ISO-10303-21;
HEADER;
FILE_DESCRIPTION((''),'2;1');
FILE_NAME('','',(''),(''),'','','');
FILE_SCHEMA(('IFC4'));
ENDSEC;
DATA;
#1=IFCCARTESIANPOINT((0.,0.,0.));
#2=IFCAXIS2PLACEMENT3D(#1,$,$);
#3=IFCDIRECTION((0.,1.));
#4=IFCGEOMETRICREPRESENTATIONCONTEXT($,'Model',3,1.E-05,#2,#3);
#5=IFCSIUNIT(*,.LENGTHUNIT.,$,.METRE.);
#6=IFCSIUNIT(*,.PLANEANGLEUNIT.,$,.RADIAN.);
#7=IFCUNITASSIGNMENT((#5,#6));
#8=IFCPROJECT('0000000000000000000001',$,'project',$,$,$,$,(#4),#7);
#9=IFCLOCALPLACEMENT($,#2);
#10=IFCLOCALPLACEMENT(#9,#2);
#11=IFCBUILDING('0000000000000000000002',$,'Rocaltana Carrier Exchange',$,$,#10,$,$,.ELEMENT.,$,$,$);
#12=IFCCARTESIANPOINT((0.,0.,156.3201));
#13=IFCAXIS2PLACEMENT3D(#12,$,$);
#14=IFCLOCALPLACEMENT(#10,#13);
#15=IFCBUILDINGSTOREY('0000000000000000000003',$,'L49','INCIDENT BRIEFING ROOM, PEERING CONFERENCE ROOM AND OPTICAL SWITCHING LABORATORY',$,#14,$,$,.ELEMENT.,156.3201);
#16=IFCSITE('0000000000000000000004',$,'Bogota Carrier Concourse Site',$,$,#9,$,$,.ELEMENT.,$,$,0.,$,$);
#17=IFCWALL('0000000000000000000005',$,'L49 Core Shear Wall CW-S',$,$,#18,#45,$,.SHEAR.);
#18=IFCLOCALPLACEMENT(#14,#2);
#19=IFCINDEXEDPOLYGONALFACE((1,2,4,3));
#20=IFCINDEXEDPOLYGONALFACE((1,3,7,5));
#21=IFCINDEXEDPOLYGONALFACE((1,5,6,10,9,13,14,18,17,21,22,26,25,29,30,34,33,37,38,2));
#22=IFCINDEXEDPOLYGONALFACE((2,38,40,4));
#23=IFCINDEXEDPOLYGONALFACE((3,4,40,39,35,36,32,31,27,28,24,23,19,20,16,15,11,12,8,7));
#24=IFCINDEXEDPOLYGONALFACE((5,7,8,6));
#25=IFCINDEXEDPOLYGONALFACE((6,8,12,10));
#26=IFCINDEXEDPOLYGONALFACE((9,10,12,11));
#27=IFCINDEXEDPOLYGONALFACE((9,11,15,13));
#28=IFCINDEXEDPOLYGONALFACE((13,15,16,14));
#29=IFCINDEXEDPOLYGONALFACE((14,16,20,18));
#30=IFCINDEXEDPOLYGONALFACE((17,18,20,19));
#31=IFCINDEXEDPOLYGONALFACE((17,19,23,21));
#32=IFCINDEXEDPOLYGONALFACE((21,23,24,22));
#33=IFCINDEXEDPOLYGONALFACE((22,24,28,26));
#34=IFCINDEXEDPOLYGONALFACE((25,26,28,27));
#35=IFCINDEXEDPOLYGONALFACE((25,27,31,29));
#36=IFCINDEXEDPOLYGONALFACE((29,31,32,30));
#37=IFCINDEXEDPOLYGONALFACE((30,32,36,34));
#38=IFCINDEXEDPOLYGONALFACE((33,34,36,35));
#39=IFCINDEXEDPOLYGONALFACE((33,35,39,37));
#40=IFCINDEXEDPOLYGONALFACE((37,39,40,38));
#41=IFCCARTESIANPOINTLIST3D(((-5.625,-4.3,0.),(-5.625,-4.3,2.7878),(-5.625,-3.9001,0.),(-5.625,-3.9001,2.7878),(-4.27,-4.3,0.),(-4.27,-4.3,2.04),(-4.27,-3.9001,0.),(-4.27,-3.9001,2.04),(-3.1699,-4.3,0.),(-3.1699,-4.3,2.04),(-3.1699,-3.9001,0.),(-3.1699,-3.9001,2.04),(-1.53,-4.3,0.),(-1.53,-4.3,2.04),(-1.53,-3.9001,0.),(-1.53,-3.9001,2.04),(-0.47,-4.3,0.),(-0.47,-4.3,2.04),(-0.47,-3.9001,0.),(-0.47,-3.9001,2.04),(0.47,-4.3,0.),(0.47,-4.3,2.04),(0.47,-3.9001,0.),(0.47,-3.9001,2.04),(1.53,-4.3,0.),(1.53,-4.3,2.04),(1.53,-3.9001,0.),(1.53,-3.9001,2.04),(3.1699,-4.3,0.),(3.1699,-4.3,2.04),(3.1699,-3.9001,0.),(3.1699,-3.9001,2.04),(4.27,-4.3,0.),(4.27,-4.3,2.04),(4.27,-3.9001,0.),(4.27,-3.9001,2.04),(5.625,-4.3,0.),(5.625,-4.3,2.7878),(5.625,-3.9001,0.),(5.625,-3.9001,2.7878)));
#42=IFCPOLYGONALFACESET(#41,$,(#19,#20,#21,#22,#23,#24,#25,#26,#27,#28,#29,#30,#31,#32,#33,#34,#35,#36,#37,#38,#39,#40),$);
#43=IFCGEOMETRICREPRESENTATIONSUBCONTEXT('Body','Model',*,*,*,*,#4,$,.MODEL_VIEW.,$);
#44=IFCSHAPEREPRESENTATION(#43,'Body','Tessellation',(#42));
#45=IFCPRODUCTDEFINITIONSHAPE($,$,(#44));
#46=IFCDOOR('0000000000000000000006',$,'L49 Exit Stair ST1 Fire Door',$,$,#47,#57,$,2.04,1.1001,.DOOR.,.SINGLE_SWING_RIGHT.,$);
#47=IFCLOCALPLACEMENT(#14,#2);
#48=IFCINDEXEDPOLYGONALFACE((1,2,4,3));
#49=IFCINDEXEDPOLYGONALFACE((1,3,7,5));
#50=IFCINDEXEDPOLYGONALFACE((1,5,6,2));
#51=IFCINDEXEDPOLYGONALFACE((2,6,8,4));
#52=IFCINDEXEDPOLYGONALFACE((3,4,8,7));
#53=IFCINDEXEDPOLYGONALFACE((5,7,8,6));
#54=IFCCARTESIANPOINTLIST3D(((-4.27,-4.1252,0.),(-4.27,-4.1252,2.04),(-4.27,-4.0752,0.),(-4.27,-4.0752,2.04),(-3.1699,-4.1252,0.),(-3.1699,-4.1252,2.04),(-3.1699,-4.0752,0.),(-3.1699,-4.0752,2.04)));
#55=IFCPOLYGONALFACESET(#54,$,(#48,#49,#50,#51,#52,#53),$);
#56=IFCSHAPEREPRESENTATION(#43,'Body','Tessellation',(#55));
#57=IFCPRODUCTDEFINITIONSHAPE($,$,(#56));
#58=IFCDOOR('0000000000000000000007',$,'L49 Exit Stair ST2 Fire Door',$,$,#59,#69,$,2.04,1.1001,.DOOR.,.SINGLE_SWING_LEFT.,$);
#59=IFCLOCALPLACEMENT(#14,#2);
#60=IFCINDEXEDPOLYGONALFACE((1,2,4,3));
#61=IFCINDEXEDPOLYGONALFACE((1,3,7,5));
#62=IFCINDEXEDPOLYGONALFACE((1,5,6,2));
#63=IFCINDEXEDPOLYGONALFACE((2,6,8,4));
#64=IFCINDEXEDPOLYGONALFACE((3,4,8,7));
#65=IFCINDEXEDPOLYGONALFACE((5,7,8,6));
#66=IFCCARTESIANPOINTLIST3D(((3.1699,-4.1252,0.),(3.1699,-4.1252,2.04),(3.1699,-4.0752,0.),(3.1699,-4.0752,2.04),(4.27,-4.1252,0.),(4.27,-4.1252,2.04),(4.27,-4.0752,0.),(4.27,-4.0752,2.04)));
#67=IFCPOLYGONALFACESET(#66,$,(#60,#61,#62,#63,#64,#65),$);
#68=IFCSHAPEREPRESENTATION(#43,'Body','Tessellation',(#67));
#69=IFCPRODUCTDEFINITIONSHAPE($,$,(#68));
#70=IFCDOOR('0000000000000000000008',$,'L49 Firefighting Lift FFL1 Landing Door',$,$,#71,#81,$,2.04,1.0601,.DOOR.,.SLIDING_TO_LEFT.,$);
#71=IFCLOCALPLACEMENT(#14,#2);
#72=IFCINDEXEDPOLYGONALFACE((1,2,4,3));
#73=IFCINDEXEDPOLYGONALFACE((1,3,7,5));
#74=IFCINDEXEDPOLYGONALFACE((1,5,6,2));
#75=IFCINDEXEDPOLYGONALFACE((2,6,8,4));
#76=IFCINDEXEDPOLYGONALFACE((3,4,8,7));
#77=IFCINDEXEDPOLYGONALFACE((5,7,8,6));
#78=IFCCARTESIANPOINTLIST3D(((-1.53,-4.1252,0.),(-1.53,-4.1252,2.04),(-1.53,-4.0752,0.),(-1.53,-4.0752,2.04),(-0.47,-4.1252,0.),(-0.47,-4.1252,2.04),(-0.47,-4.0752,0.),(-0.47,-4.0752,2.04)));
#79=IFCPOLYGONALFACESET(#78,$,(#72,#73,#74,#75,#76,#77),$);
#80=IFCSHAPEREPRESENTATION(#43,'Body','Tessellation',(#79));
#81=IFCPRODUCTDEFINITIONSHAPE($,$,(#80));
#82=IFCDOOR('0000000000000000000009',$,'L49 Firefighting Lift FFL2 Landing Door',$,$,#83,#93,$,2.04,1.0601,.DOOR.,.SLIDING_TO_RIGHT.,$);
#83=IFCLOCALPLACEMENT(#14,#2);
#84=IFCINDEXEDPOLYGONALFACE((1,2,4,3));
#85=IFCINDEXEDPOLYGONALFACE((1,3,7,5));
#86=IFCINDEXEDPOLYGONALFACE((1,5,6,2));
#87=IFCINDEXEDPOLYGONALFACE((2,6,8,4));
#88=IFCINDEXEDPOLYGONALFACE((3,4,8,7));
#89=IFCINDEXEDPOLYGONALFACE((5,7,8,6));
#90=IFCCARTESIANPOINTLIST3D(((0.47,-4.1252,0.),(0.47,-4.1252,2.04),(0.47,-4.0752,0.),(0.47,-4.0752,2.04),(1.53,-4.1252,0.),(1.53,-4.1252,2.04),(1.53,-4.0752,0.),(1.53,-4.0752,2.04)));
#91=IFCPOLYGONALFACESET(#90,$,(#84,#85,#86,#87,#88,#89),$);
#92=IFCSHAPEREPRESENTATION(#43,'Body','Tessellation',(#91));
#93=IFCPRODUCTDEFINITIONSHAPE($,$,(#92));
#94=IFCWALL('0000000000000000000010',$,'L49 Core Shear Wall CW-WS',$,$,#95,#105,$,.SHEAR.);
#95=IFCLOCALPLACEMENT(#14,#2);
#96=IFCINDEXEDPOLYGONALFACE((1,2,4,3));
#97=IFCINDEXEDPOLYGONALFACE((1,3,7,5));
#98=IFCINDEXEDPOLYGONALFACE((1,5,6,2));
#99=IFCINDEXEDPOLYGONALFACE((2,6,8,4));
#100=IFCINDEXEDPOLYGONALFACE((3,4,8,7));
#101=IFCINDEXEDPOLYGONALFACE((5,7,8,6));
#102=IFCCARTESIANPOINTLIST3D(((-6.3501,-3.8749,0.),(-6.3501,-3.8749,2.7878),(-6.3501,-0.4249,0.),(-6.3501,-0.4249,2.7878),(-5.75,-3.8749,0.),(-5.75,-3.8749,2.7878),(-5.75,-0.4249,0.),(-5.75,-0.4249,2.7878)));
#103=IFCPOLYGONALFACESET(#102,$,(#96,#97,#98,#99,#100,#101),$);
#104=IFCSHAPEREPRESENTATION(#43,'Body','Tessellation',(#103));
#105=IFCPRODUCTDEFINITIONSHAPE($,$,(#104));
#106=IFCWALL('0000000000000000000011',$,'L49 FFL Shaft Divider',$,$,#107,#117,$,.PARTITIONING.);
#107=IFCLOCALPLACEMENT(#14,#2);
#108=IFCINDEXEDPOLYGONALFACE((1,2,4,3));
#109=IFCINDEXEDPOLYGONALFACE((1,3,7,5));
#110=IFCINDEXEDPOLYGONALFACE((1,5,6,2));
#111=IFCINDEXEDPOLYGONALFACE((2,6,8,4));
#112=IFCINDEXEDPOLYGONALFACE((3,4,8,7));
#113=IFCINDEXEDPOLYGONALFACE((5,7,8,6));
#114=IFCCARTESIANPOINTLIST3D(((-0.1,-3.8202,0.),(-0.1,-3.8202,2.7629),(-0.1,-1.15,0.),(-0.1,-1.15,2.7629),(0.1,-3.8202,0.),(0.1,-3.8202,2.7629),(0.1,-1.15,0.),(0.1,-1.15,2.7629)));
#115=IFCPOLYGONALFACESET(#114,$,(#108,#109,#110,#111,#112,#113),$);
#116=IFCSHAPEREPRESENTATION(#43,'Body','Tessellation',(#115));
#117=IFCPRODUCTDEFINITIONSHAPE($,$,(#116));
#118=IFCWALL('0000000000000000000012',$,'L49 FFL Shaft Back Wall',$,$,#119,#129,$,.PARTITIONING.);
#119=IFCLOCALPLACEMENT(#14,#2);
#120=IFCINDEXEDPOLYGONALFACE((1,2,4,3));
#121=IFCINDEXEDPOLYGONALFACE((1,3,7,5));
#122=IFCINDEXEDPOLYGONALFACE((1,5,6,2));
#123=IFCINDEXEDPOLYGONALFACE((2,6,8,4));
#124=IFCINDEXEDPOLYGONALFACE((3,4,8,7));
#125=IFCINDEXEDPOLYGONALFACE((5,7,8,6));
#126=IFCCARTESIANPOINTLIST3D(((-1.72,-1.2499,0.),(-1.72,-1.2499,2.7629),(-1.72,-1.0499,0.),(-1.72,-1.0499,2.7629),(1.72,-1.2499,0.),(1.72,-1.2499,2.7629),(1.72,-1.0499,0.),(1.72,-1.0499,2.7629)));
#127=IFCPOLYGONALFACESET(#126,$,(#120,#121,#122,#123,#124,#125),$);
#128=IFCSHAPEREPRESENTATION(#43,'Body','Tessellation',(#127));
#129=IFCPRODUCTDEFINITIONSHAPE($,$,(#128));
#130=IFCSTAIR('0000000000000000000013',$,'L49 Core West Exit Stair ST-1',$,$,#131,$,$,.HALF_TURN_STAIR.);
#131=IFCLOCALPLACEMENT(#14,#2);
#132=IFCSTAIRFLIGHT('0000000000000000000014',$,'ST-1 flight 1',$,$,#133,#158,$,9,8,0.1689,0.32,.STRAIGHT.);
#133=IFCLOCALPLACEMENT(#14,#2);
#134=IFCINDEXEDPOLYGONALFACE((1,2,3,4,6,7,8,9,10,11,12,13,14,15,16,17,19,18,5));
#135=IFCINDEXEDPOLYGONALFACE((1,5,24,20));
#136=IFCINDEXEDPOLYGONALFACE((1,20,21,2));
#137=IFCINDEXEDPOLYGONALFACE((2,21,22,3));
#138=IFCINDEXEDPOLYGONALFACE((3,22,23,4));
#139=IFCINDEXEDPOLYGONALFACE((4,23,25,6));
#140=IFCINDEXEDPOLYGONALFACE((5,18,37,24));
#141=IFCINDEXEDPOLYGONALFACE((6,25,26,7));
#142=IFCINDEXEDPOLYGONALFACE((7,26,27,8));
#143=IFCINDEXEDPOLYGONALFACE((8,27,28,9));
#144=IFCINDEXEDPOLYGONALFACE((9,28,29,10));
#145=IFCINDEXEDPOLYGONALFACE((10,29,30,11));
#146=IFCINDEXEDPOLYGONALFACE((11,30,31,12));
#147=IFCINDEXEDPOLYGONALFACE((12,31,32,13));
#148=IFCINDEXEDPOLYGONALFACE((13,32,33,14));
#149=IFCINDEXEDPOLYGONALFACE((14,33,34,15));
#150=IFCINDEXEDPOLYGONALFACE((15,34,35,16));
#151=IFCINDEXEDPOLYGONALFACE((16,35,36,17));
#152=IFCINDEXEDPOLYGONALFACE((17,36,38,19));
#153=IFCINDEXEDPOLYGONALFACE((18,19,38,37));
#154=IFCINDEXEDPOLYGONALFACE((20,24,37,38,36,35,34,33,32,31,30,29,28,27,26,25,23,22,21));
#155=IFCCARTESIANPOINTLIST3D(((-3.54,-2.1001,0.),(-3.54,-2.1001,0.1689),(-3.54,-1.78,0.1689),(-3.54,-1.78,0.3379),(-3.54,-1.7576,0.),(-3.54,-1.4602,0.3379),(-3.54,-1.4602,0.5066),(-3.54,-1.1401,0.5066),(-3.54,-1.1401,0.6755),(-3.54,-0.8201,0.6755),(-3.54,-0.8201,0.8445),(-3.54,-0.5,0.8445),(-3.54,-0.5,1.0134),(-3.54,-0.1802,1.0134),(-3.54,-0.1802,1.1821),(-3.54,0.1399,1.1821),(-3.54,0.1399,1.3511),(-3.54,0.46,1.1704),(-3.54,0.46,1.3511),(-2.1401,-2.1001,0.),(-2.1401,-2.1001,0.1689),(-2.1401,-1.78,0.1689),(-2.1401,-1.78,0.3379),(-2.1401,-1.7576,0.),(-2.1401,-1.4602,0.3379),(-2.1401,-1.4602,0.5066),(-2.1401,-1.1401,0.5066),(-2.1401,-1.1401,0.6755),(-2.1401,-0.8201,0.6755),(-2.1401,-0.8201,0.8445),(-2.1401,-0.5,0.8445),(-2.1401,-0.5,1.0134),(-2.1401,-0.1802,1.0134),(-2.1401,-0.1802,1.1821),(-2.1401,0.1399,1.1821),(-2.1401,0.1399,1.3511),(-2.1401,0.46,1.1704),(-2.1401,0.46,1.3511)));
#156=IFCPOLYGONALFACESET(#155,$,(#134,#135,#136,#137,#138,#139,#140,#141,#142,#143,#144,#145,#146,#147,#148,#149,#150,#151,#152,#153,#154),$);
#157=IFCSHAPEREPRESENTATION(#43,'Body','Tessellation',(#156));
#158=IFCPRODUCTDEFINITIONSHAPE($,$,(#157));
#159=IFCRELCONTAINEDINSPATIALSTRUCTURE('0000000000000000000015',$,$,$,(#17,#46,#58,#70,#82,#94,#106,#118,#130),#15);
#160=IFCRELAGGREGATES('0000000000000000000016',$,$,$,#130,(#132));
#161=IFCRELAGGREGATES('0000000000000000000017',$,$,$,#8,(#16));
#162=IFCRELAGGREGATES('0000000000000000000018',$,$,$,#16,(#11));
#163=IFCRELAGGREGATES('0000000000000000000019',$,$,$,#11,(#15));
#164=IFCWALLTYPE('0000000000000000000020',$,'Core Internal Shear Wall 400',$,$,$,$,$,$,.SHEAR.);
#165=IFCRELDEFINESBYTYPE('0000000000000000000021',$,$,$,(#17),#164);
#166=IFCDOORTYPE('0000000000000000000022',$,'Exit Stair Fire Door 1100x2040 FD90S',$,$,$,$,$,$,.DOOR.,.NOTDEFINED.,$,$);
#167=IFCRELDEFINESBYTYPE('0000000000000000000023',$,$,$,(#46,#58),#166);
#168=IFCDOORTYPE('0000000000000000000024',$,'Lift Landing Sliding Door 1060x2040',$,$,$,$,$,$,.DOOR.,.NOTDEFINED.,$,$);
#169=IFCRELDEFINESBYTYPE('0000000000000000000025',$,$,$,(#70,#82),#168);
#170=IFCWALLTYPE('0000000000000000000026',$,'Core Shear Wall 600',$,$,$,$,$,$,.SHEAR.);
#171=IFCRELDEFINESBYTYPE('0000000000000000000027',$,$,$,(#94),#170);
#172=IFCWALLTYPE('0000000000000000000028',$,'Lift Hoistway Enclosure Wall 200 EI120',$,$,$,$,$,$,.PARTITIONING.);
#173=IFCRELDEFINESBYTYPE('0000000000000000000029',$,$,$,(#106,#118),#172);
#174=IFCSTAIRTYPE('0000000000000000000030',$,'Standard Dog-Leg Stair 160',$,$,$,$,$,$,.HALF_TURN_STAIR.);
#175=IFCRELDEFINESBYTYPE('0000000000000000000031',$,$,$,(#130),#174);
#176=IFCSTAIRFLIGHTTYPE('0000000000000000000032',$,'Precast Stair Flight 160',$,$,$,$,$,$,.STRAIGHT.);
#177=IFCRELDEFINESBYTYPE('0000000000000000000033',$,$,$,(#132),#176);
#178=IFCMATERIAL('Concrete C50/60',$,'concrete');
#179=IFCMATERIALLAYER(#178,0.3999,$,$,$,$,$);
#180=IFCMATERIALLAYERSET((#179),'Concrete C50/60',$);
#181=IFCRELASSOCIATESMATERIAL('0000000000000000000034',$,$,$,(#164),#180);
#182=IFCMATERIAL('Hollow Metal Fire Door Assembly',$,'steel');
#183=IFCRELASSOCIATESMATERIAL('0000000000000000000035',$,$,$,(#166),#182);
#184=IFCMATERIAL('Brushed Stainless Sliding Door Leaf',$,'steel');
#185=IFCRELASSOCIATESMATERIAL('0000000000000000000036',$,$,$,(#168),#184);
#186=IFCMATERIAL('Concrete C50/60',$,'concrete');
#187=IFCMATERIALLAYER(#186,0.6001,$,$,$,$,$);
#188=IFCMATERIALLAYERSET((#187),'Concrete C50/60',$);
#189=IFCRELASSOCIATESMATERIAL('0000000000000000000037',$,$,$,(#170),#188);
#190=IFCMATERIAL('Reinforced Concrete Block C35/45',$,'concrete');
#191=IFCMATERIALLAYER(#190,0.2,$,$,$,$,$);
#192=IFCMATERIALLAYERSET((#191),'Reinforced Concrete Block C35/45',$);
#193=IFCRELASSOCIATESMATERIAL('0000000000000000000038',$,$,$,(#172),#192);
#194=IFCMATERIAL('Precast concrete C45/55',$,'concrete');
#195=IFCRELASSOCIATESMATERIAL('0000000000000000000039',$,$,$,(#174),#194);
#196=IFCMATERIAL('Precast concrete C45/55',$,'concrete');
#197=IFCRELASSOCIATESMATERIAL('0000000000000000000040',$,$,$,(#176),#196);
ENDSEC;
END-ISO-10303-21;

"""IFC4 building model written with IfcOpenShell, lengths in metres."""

from ifc_helpers import new_model, si_unit, direction, frame, frame_2d, origin, place, context, subcontext, project, spatial, polyline, rectangle, outline, extrude, material, layer, layer_set, type_object, element, fill, aggregate, save


model = new_model("IFC4")

# Units and contexts
model_context = context("Model", 3, precision=1e-05, world=origin(), true_north=direction((0.0, 1.0)))
body_context = subcontext(model_context, "Body", "Model", "MODEL_VIEW")
ifc_project = project(units=[si_unit("LENGTHUNIT", "METRE"), si_unit("PLANEANGLEUNIT", "RADIAN")], contexts=[model_context])

# Site, building, storey
site_placement = place(None, origin())
site = spatial("IfcSite", under=ifc_project, at=site_placement, Name="Bogota Carrier Concourse Site", CompositionType="ELEMENT", RefElevation=0.0)
building_placement = place(site_placement, origin())
building = spatial("IfcBuilding", under=site, at=building_placement, Name="Rocaltana Carrier Exchange", CompositionType="ELEMENT")
storey_placement = place(building_placement, frame((0.0, 0.0, 156.3201)))
storey = spatial("IfcBuildingStorey", under=building, at=storey_placement, Name="L49", Description="INCIDENT BRIEFING ROOM, PEERING CONFERENCE ROOM AND OPTICAL SWITCHING LABORATORY", CompositionType="ELEMENT", Elevation=156.3201)

# Wall, openings, doors
ifc_material_1 = material(Name="Concrete C50/60", Category="concrete")
ifc_layer_1 = layer(ifc_material_1, 0.3999)
ifc_layer_set_1 = layer_set([ifc_layer_1], Name="Concrete C50/60")
wall_type_1 = type_object("IfcWallType", Name="Core Internal Shear Wall 400", PredefinedType="SHEAR", material=ifc_layer_set_1)
wall_1_placement = place(storey_placement, frame((-5.625, -4.1001, 0.0), z_axis=(0.0, 0.0, 1.0), x_axis=(1.0, 0.0, 0.0)))
wall_1 = element("IfcWall", 1, at=wall_1_placement, inside=storey, type_object=wall_type_1, Name="L49 Core Shear Wall CW-S", PredefinedType="SHEAR", context=body_context, shape_type="SweptSolid", body=[
    extrude(rectangle(XDim=11.25, YDim=0.3999, at=frame_2d((5.625, 0.0))), origin(), (0.0, 0.0, 1.0), 2.7878),
])
opening_1_placement = place(wall_1_placement, frame((1.355, 0.0, 0.0)))
opening_1 = element("IfcOpeningElement", 2, at=opening_1_placement, cuts=wall_1, PredefinedType="OPENING", context=body_context, shape_type="SweptSolid", body=[
    extrude(rectangle(XDim=1.1001, YDim=2.04, at=frame_2d((0.55, 1.02))), frame((0.0, 0.21, 0.0), z_axis=(0.0, -1.0, 0.0), x_axis=(1.0, 0.0, 0.0)), (0.0, 0.0, 1.0), 0.4199),
])
opening_2_placement = place(wall_1_placement, frame((8.7949, 0.0, 0.0)))
opening_2 = element("IfcOpeningElement", 3, at=opening_2_placement, cuts=wall_1, PredefinedType="OPENING", context=body_context, shape_type="SweptSolid", body=[
    extrude(rectangle(XDim=1.1001, YDim=2.04, at=frame_2d((0.55, 1.02))), frame((0.0, 0.21, 0.0), z_axis=(0.0, -1.0, 0.0), x_axis=(1.0, 0.0, 0.0)), (0.0, 0.0, 1.0), 0.4199),
])
opening_3_placement = place(wall_1_placement, frame((4.095, 0.0, 0.0)))
opening_3 = element("IfcOpeningElement", 4, at=opening_3_placement, cuts=wall_1, PredefinedType="OPENING", context=body_context, shape_type="SweptSolid", body=[
    extrude(rectangle(XDim=1.0601, YDim=2.04, at=frame_2d((0.53, 1.02))), frame((0.0, 0.21, 0.0), z_axis=(0.0, -1.0, 0.0), x_axis=(1.0, 0.0, 0.0)), (0.0, 0.0, 1.0), 0.4199),
])
opening_4_placement = place(wall_1_placement, frame((6.095, 0.0, 0.0)))
opening_4 = element("IfcOpeningElement", 5, at=opening_4_placement, cuts=wall_1, PredefinedType="OPENING", context=body_context, shape_type="SweptSolid", body=[
    extrude(rectangle(XDim=1.0601, YDim=2.04, at=frame_2d((0.53, 1.02))), frame((0.0, 0.21, 0.0), z_axis=(0.0, -1.0, 0.0), x_axis=(1.0, 0.0, 0.0)), (0.0, 0.0, 1.0), 0.4199),
])
ifc_material_2 = material(Name="Hollow Metal Fire Door Assembly", Category="steel")
door_type_1 = type_object("IfcDoorType", Name="Exit Stair Fire Door 1100x2040 FD90S", OperationType="NOTDEFINED", PredefinedType="DOOR", material=ifc_material_2)
door_1_placement = place(opening_1_placement, origin())
door_1 = element("IfcDoor", 6, at=door_1_placement, inside=storey, type_object=door_type_1, Name="L49 Exit Stair ST1 Fire Door", OperationType="SINGLE_SWING_RIGHT", OverallHeight=2.04, OverallWidth=1.1001, PredefinedType="DOOR", context=body_context, shape_type="SweptSolid", body=[
    extrude(rectangle(XDim=1.1001, YDim=2.04, at=frame_2d((0.55, 1.02))), frame((0.0, 0.0249, 0.0), z_axis=(0.0, -1.0, 0.0), x_axis=(1.0, 0.0, 0.0)), (0.0, 0.0, 1.0), 0.05),
])
fill(opening_1, door_1)
door_2_placement = place(opening_2_placement, origin())
door_2 = element("IfcDoor", 7, at=door_2_placement, inside=storey, type_object=door_type_1, Name="L49 Exit Stair ST2 Fire Door", OperationType="SINGLE_SWING_LEFT", OverallHeight=2.04, OverallWidth=1.1001, PredefinedType="DOOR", context=body_context, shape_type="SweptSolid", body=[
    extrude(rectangle(XDim=1.1001, YDim=2.04, at=frame_2d((0.55, 1.02))), frame((0.0, 0.0249, 0.0), z_axis=(0.0, -1.0, 0.0), x_axis=(1.0, 0.0, 0.0)), (0.0, 0.0, 1.0), 0.05),
])
fill(opening_2, door_2)
ifc_material_3 = material(Name="Brushed Stainless Sliding Door Leaf", Category="steel")
door_type_2 = type_object("IfcDoorType", Name="Lift Landing Sliding Door 1060x2040", OperationType="NOTDEFINED", PredefinedType="DOOR", material=ifc_material_3)
door_3_placement = place(opening_3_placement, origin())
door_3 = element("IfcDoor", 8, at=door_3_placement, inside=storey, type_object=door_type_2, Name="L49 Firefighting Lift FFL1 Landing Door", OperationType="SLIDING_TO_LEFT", OverallHeight=2.04, OverallWidth=1.0601, PredefinedType="DOOR", context=body_context, shape_type="SweptSolid", body=[
    extrude(rectangle(XDim=1.0601, YDim=2.04, at=frame_2d((0.53, 1.02))), frame((0.0, 0.0249, 0.0), z_axis=(0.0, -1.0, 0.0), x_axis=(1.0, 0.0, 0.0)), (0.0, 0.0, 1.0), 0.05),
])
fill(opening_3, door_3)
door_4_placement = place(opening_4_placement, origin())
door_4 = element("IfcDoor", 9, at=door_4_placement, inside=storey, type_object=door_type_2, Name="L49 Firefighting Lift FFL2 Landing Door", OperationType="SLIDING_TO_RIGHT", OverallHeight=2.04, OverallWidth=1.0601, PredefinedType="DOOR", context=body_context, shape_type="SweptSolid", body=[
    extrude(rectangle(XDim=1.0601, YDim=2.04, at=frame_2d((0.53, 1.02))), frame((0.0, 0.0249, 0.0), z_axis=(0.0, -1.0, 0.0), x_axis=(1.0, 0.0, 0.0)), (0.0, 0.0, 1.0), 0.05),
])
fill(opening_4, door_4)

# Walls
ifc_material_4 = material(Name="Concrete C50/60", Category="concrete")
ifc_layer_2 = layer(ifc_material_4, 0.6001)
ifc_layer_set_2 = layer_set([ifc_layer_2], Name="Concrete C50/60")
wall_type_2 = type_object("IfcWallType", Name="Core Shear Wall 600", PredefinedType="SHEAR", material=ifc_layer_set_2)
wall_2_placement = place(storey_placement, frame((-6.05, -3.875, 0.0), z_axis=(0.0, 0.0, 1.0), x_axis=(0.0, 1.0, 0.0)))
element("IfcWall", 10, at=wall_2_placement, inside=storey, type_object=wall_type_2, Name="L49 Core Shear Wall CW-WS", PredefinedType="SHEAR", context=body_context, shape_type="SweptSolid", body=[
    extrude(rectangle(XDim=3.45, YDim=0.6001, at=frame_2d((1.7251, 0.0))), origin(), (0.0, 0.0, 1.0), 2.7878),
])
ifc_material_5 = material(Name="Reinforced Concrete Block C35/45", Category="concrete")
ifc_layer_3 = layer(ifc_material_5, 0.2)
ifc_layer_set_3 = layer_set([ifc_layer_3], Name="Reinforced Concrete Block C35/45")
wall_type_3 = type_object("IfcWallType", Name="Lift Hoistway Enclosure Wall 200 EI120", PredefinedType="PARTITIONING", material=ifc_layer_set_3)
wall_3_placement = place(storey_placement, frame((0.0, -3.8201, 0.0), z_axis=(0.0, 0.0, 1.0), x_axis=(0.0, 1.0, 0.0)))
element("IfcWall", 11, at=wall_3_placement, inside=storey, type_object=wall_type_3, Name="L49 FFL Shaft Divider", PredefinedType="PARTITIONING", context=body_context, shape_type="SweptSolid", body=[
    extrude(rectangle(XDim=2.6702, YDim=0.2, at=frame_2d((1.335, 0.0))), origin(), (0.0, 0.0, 1.0), 2.7629),
])
wall_4_placement = place(storey_placement, frame((-1.72, -1.1499, 0.0), z_axis=(0.0, 0.0, 1.0), x_axis=(1.0, 0.0, 0.0)))
element("IfcWall", 12, at=wall_4_placement, inside=storey, type_object=wall_type_3, Name="L49 FFL Shaft Back Wall", PredefinedType="PARTITIONING", context=body_context, shape_type="SweptSolid", body=[
    extrude(rectangle(XDim=3.4399, YDim=0.2, at=frame_2d((1.72, 0.0))), origin(), (0.0, 0.0, 1.0), 2.7629),
])

# Stair, stair flight
ifc_material_6 = material(Name="Precast concrete C45/55", Category="concrete")
stair_type = type_object("IfcStairType", Name="Standard Dog-Leg Stair 160", PredefinedType="HALF_TURN_STAIR", material=ifc_material_6)
stair_placement = place(storey_placement, origin())
stair = element("IfcStair", 13, at=stair_placement, inside=storey, type_object=stair_type, Name="L49 Core West Exit Stair ST-1", PredefinedType="HALF_TURN_STAIR")
ifc_material_7 = material(Name="Precast concrete C45/55", Category="concrete")
stair_flight_type = type_object("IfcStairFlightType", Name="Precast Stair Flight 160", PredefinedType="STRAIGHT", material=ifc_material_7)
stair_flight_placement = place(storey_placement, frame((-2.8401, -2.1001, 0.0), z_axis=(0.0, 0.0, 1.0), x_axis=(0.0, 1.0, 0.0)))
stair_flight = element("IfcStairFlight", 14, at=stair_flight_placement, type_object=stair_flight_type, Name="ST-1 flight 1", NumberOfRisers=9, NumberOfTreads=8, PredefinedType="STRAIGHT", RiserHeight=0.1689, TreadLength=0.32, context=body_context, shape_type="SweptSolid", body=[
    extrude(outline(polyline([(0.0, 0.0), (0.0, 0.1689), (0.3201, 0.1689), (0.3201, 0.3379), (0.6399, 0.3379), (0.6399, 0.5066), (0.96, 0.5066), (0.96, 0.6755), (1.28, 0.6755), (1.28, 0.8445), (1.6001, 0.8445), (1.6001, 1.0134), (1.9199, 1.0134), (1.9199, 1.1821), (2.24, 1.1821), (2.24, 1.3511), (2.5601, 1.3511), (2.5601, 1.52), (2.5601, 1.1704), (0.3425, 0.0), (0.0, 0.0)])), frame((0.0, 0.7, 0.0), z_axis=(0.0, -1.0, 0.0), x_axis=(1.0, 0.0, 0.0)), (0.0, 0.0, 1.0), 1.3999),
])
aggregate(stair, [stair_flight])

save(model, "model.ifc")
